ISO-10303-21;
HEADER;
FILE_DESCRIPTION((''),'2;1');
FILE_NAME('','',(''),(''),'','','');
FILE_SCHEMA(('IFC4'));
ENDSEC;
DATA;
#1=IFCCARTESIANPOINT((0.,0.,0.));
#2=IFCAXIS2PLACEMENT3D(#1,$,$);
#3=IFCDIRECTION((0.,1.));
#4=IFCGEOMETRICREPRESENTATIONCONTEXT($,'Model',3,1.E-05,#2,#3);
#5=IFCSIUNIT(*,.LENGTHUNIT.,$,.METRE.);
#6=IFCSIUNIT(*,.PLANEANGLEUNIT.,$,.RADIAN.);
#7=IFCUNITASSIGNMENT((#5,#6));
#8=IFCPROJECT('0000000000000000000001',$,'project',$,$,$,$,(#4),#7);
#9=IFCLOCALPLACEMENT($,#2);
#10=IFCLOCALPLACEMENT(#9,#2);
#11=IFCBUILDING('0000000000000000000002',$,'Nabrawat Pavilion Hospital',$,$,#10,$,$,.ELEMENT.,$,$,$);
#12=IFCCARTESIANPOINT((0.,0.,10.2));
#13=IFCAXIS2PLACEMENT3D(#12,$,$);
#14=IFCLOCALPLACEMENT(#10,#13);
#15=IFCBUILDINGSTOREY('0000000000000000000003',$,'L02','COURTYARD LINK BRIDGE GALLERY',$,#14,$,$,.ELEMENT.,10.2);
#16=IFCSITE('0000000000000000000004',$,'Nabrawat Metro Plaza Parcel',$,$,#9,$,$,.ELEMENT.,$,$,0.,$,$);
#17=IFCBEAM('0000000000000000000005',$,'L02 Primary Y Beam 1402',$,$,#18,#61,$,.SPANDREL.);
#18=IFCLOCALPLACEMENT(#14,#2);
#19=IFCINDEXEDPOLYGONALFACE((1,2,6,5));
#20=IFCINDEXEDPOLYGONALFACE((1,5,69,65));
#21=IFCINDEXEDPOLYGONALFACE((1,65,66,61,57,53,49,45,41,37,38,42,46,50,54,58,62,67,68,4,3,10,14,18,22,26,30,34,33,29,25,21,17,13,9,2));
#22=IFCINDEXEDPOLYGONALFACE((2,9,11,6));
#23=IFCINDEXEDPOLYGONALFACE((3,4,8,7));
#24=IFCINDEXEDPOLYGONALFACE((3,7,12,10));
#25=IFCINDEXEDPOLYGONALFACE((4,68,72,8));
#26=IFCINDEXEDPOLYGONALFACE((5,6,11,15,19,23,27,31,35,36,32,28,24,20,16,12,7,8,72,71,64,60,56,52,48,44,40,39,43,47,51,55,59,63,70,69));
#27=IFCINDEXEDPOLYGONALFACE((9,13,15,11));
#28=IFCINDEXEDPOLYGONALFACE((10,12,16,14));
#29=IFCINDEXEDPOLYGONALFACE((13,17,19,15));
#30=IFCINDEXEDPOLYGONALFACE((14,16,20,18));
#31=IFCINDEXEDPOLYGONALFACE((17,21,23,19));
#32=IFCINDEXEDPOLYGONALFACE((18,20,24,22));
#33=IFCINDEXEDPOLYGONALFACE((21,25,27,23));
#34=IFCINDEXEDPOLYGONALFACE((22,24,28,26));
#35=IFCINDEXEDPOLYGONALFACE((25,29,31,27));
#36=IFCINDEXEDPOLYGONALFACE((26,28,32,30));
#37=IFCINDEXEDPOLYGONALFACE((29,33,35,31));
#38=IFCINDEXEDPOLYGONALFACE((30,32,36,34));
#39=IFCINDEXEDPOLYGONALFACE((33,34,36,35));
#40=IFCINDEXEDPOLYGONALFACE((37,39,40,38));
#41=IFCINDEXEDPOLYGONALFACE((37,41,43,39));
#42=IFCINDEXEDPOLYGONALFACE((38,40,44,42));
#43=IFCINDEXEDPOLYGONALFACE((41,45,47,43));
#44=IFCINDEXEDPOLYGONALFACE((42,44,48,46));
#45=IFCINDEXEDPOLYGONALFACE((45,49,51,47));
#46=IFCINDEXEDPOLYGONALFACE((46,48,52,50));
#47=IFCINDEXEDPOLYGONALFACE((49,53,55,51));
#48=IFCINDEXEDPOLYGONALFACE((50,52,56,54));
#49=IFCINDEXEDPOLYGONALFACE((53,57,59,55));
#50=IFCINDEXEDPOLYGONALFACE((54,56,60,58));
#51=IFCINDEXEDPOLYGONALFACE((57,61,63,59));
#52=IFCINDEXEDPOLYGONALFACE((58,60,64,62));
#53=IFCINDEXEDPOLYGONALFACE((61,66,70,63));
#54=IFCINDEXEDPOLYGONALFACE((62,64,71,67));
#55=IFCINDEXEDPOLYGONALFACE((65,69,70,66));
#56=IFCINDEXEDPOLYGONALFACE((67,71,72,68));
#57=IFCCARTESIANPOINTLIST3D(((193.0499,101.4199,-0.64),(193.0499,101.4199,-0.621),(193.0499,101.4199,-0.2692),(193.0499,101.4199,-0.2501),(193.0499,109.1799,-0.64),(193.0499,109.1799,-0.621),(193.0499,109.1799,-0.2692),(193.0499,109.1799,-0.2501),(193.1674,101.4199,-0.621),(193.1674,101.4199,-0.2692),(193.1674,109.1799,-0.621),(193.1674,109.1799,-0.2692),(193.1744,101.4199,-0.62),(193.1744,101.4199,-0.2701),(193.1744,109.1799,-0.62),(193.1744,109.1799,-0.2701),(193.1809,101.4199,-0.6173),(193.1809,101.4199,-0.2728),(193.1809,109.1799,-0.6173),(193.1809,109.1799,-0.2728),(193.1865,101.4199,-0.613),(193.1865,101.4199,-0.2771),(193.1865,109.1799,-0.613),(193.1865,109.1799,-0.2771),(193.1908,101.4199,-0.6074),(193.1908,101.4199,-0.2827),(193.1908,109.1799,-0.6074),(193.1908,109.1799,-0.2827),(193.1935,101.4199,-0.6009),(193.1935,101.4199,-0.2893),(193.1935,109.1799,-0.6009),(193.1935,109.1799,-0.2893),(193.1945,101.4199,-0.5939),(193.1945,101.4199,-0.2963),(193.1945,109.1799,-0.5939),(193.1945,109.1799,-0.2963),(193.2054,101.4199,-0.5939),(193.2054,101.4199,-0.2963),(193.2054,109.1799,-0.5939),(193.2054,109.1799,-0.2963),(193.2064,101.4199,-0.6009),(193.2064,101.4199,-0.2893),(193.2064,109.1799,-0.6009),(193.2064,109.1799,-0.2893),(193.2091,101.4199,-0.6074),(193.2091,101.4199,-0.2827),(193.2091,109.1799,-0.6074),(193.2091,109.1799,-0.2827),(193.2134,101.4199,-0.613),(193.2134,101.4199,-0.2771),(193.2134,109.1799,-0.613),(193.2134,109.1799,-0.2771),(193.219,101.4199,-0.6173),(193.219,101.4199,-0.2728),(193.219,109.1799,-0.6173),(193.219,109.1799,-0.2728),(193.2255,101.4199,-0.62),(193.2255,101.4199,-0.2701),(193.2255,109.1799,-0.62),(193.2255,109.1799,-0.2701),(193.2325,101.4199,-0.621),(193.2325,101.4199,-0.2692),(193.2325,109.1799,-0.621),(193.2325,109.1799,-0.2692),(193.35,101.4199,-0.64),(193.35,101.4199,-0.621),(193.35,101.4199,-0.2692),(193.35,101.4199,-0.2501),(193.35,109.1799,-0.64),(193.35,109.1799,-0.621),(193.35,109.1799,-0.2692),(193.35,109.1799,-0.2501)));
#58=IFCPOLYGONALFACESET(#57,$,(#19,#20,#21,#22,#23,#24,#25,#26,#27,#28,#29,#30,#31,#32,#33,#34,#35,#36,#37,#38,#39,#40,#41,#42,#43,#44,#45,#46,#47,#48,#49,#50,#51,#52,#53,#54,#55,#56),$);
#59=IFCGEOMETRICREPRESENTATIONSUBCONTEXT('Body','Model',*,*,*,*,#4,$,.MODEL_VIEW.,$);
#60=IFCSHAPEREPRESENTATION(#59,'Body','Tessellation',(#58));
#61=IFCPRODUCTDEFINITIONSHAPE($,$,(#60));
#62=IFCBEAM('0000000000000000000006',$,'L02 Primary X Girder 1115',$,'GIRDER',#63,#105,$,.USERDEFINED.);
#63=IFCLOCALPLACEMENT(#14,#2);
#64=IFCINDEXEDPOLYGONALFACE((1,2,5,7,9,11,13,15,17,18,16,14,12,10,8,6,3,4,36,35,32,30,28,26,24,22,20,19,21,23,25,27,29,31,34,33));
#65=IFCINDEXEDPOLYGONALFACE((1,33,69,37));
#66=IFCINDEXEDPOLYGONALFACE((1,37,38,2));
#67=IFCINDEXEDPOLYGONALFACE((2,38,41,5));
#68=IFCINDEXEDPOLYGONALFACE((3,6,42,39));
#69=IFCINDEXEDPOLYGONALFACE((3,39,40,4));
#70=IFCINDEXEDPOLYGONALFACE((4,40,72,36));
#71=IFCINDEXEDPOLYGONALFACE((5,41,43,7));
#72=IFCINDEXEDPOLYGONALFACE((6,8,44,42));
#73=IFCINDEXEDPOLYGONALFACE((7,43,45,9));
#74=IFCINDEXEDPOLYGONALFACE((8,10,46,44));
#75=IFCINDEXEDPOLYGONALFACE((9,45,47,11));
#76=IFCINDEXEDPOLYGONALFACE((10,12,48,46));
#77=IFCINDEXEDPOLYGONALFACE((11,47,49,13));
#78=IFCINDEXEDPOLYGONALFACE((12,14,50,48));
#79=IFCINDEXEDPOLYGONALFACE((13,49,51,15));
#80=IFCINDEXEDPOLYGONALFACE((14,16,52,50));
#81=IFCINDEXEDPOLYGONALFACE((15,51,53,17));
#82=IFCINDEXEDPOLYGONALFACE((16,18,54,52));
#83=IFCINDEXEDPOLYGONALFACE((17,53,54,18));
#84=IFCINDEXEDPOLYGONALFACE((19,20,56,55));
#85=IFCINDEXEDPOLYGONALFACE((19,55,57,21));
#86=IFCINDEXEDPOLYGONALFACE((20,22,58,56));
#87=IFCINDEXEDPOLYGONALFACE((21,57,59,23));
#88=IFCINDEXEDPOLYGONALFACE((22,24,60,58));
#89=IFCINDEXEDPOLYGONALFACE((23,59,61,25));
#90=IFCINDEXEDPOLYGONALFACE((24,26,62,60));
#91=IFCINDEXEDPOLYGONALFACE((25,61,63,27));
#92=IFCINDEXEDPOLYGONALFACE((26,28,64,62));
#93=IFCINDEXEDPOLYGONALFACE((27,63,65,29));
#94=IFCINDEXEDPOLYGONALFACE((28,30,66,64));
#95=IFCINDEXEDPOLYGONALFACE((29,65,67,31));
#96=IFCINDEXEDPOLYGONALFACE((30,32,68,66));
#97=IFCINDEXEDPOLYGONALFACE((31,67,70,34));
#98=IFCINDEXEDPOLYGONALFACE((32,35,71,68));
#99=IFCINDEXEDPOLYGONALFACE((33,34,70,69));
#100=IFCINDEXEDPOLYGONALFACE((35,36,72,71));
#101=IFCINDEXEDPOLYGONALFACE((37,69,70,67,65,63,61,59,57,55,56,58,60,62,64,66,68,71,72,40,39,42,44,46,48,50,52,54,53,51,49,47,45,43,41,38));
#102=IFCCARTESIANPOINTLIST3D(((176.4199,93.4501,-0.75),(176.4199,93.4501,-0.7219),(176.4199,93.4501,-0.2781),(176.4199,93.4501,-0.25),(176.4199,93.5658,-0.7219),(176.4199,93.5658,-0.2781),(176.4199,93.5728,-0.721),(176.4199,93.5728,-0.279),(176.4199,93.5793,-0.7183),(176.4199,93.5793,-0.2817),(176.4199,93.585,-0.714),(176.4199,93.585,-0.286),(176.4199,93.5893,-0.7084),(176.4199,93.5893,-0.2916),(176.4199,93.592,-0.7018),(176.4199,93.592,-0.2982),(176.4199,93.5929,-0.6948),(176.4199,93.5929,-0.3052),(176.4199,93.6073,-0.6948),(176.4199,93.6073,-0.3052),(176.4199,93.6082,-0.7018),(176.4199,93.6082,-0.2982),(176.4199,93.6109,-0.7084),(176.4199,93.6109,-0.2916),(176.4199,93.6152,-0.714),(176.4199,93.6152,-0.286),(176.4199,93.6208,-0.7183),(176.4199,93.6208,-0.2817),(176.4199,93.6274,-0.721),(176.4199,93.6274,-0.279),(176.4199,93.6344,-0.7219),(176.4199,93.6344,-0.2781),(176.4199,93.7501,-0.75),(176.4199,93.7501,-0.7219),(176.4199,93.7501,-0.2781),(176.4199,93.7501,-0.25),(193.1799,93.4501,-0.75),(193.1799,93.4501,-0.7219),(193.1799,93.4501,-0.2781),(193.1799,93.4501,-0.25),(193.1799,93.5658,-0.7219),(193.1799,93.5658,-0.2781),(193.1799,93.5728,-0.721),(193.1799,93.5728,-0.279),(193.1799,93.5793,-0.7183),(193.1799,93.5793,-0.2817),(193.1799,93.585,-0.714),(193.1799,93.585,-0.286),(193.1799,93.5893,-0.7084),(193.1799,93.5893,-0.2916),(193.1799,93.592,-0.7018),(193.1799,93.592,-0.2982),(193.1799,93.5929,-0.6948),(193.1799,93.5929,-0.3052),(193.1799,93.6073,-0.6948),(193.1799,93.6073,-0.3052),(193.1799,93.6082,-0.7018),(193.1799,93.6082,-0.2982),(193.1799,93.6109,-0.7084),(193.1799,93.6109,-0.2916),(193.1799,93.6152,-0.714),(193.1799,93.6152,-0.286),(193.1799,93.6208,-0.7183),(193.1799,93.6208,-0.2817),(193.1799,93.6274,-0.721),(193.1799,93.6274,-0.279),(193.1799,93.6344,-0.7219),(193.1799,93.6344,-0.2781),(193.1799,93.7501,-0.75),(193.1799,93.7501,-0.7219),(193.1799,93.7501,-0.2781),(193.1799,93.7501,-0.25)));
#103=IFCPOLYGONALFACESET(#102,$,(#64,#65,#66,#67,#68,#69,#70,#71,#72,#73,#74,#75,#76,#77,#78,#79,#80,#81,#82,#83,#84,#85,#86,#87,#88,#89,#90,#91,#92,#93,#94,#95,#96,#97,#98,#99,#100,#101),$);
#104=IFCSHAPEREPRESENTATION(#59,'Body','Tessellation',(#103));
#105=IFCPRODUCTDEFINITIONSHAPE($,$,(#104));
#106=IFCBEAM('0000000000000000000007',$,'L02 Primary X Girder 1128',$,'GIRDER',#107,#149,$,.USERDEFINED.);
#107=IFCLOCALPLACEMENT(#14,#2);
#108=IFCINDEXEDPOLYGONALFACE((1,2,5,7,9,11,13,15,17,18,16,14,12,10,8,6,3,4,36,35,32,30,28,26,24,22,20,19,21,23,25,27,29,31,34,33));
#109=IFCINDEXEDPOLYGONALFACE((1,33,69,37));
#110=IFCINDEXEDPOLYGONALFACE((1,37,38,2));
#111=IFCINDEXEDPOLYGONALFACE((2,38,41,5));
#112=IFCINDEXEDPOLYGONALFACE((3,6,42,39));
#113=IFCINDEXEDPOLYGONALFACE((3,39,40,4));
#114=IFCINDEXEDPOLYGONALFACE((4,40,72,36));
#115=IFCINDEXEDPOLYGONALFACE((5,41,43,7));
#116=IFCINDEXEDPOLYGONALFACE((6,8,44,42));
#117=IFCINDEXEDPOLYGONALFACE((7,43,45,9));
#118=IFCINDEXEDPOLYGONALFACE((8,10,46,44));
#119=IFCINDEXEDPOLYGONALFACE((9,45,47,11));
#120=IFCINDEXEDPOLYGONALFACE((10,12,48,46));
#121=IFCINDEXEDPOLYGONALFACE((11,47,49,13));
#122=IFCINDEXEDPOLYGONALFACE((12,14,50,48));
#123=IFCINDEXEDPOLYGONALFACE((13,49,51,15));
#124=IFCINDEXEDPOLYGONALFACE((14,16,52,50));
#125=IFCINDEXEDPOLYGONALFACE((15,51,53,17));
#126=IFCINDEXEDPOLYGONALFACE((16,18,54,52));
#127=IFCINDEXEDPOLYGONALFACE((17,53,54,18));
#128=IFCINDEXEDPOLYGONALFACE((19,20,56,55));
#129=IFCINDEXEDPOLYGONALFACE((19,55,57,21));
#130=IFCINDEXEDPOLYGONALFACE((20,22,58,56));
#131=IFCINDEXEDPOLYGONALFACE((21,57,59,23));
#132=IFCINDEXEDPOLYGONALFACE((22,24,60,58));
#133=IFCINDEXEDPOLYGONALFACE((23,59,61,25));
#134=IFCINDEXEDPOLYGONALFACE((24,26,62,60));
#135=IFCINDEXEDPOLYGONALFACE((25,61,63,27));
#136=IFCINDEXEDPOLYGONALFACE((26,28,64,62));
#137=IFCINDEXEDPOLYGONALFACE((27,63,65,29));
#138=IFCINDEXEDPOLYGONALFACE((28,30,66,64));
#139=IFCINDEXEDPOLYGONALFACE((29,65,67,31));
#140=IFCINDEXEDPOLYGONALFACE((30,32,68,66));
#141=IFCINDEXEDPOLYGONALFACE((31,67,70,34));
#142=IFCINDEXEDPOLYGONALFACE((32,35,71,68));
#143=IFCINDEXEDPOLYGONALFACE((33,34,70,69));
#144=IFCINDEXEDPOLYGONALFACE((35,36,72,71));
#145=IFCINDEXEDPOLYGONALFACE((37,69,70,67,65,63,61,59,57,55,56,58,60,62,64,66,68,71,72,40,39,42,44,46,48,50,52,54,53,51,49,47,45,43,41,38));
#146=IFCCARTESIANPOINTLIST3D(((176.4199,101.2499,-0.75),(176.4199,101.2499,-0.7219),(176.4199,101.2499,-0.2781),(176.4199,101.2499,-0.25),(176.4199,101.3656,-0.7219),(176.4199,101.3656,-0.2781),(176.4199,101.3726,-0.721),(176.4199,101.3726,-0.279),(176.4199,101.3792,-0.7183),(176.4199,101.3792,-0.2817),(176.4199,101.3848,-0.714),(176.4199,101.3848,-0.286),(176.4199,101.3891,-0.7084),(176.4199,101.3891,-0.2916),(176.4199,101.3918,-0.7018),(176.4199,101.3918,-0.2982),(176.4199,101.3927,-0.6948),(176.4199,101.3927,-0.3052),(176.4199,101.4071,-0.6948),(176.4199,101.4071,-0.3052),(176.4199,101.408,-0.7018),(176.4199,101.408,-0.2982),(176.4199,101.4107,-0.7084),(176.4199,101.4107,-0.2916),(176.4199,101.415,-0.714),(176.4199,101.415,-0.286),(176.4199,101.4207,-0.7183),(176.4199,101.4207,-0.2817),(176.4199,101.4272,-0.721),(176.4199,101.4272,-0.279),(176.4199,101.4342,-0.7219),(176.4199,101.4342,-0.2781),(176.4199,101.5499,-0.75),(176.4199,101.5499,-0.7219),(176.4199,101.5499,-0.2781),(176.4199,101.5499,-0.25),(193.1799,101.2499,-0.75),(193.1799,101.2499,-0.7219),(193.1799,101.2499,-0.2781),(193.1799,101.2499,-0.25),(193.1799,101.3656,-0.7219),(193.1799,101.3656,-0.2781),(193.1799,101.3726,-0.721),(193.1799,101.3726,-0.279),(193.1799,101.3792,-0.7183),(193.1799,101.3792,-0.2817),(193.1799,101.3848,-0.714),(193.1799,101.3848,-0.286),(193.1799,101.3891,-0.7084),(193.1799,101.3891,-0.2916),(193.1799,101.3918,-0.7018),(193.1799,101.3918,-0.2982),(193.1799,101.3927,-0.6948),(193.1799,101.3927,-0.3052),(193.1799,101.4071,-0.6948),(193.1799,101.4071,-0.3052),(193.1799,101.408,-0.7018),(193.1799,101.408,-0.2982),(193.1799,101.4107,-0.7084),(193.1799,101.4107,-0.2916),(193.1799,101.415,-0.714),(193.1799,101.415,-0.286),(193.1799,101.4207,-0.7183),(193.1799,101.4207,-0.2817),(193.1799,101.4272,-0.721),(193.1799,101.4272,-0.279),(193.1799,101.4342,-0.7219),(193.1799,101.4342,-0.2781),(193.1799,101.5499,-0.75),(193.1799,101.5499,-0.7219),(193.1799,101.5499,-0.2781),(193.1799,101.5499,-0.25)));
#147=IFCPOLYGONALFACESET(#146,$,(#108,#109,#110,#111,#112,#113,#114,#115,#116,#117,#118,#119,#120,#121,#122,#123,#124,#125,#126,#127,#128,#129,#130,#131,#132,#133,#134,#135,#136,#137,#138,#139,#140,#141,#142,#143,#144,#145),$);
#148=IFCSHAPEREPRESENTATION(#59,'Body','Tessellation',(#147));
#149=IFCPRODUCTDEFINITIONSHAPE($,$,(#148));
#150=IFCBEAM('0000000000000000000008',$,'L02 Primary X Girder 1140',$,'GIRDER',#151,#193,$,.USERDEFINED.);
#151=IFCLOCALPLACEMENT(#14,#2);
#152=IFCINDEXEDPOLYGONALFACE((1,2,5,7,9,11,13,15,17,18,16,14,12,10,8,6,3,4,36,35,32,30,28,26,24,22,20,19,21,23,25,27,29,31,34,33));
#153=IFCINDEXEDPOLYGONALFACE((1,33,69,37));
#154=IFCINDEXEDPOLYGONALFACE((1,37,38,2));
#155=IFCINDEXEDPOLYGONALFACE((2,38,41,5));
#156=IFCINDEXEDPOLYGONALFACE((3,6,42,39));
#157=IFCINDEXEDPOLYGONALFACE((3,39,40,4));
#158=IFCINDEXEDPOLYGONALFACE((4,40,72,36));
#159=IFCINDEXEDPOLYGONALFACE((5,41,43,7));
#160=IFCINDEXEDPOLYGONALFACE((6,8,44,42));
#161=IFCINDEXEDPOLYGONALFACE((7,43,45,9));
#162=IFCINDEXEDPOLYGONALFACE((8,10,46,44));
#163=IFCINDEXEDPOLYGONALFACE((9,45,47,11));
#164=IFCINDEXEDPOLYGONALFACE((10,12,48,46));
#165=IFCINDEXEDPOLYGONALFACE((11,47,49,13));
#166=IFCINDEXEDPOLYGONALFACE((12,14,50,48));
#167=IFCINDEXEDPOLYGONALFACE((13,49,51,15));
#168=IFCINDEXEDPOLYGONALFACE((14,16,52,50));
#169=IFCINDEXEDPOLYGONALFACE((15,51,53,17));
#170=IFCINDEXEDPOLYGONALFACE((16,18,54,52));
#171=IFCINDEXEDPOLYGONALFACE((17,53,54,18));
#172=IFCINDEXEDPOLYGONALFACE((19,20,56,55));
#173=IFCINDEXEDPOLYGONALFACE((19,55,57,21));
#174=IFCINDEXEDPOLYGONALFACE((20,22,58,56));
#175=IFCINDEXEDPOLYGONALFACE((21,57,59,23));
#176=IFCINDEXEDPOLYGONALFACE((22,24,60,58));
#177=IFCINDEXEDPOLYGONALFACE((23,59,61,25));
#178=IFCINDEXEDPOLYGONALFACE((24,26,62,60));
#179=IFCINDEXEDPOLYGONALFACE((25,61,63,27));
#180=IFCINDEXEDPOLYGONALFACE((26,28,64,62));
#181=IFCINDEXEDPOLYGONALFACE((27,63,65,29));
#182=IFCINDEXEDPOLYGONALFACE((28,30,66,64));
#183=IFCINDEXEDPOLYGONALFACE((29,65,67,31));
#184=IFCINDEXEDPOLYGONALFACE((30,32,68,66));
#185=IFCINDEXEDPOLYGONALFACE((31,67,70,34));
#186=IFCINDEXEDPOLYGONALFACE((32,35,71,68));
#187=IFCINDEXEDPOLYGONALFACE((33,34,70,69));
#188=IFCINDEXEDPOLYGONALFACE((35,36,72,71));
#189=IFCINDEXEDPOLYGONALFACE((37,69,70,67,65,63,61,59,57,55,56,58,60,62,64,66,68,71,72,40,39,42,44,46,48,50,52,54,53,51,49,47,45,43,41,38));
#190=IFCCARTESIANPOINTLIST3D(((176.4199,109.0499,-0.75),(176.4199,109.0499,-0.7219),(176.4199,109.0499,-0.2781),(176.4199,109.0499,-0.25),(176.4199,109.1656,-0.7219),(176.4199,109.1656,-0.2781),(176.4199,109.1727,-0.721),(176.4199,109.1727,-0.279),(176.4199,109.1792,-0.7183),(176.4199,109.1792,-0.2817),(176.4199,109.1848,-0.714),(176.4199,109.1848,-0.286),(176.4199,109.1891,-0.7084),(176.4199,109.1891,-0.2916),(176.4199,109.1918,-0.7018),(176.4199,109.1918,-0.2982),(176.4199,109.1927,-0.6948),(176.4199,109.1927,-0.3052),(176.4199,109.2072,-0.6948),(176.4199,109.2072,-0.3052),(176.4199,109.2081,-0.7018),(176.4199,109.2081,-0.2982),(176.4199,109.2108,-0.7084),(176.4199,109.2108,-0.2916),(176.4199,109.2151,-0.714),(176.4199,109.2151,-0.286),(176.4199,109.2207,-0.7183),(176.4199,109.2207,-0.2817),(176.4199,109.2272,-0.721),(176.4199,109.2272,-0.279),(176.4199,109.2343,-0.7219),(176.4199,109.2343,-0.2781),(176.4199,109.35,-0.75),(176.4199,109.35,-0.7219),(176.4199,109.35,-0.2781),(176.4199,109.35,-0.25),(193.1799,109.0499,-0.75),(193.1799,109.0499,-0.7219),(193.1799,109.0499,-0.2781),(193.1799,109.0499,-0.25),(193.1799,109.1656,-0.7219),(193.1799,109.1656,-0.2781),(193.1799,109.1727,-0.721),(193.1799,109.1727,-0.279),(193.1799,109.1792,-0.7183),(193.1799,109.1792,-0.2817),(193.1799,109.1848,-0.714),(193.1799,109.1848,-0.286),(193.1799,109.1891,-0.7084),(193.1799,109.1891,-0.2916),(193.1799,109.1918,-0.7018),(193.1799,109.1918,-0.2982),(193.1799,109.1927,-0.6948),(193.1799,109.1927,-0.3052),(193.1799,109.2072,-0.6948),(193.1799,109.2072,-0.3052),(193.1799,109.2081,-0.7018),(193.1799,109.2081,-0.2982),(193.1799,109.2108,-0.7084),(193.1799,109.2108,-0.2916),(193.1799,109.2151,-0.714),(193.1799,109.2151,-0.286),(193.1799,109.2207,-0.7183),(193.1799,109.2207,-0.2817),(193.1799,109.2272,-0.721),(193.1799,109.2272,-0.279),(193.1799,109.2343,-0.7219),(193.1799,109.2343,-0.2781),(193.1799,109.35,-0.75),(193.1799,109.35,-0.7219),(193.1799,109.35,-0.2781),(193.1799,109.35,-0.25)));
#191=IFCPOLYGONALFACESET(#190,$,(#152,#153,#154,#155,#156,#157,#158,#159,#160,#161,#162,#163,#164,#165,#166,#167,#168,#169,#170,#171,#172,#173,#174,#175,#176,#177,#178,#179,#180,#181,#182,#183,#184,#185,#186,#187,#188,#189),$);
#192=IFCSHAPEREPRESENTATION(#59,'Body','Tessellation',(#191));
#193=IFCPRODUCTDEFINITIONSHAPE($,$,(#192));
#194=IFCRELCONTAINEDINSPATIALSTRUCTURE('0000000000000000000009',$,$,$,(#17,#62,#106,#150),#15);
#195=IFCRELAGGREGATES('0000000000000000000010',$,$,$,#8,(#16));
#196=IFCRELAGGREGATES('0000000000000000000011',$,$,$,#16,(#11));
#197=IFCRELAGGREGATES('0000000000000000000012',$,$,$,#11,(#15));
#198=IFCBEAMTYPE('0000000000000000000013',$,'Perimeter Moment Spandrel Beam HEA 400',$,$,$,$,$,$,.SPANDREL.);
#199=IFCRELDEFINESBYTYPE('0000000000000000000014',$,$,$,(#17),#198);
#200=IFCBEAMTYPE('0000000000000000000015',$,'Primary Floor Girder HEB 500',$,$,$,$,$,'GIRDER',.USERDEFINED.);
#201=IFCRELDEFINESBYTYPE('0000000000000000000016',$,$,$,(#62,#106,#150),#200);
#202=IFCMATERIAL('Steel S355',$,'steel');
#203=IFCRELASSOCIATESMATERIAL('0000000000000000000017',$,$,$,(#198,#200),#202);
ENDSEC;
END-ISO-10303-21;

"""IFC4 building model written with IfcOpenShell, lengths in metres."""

from ifc_helpers import new_model, si_unit, direction, frame, origin, origin_2d, place, context, subcontext, project, spatial, i_section, extrude, material, material_profile, profile_set, type_object, element, save


model = new_model("IFC4")

# Units and contexts
model_context = context("Model", 3, precision=1e-05, world=origin(), true_north=direction((0.0, 1.0)))
body_context = subcontext(model_context, "Body", "Model", "MODEL_VIEW")
ifc_project = project(units=[si_unit("LENGTHUNIT", "METRE"), si_unit("PLANEANGLEUNIT", "RADIAN")], contexts=[model_context])

# Site, building, storey
site_placement = place(None, origin())
site = spatial("IfcSite", under=ifc_project, at=site_placement, Name="Nabrawat Metro Plaza Parcel", CompositionType="ELEMENT", RefElevation=0.0)
building_placement = place(site_placement, origin())
building = spatial("IfcBuilding", under=site, at=building_placement, Name="Nabrawat Pavilion Hospital", CompositionType="ELEMENT")
storey_placement = place(building_placement, frame((0.0, 0.0, 10.2)))
storey = spatial("IfcBuildingStorey", under=building, at=storey_placement, Name="L02", Description="COURTYARD LINK BRIDGE GALLERY", CompositionType="ELEMENT", Elevation=10.2)

# Shared definitions
ifc_material_1 = material(Name="Steel S355", Category="steel")

# Beams
ifc_material_profile_1 = material_profile(ifc_material_1, i_section(OverallWidth=0.3, OverallDepth=0.3899, WebThickness=0.011, FlangeThickness=0.019, FilletRadius=0.0271, at=origin_2d()), Name="HEA 400")
ifc_profile_set_1 = profile_set([ifc_material_profile_1], Name="Steel S355")
beam_type_1 = type_object("IfcBeamType", Name="Perimeter Moment Spandrel Beam HEA 400", PredefinedType="SPANDREL", material=ifc_profile_set_1)
beam_1_placement = place(storey_placement, frame((193.2, 101.4199, -0.4451), z_axis=(0.0, 1.0, 0.0), x_axis=(-1.0, 0.0, 0.0)))
element("IfcBeam", 1, at=beam_1_placement, inside=storey, type_object=beam_type_1, Name="L02 Primary Y Beam 1402", PredefinedType="SPANDREL", context=body_context, shape_type="SweptSolid", body=[
    extrude(i_section(OverallWidth=0.3, OverallDepth=0.3899, WebThickness=0.011, FlangeThickness=0.019, FilletRadius=0.0271, at=origin_2d()), origin(), (0.0, 0.0, 1.0), 7.76),
])
ifc_material_profile_2 = material_profile(ifc_material_1, i_section(OverallWidth=0.3, OverallDepth=0.5, WebThickness=0.0144, FlangeThickness=0.0281, FilletRadius=0.0271, at=origin_2d()), Name="HEB 500")
ifc_profile_set_2 = profile_set([ifc_material_profile_2], Name="Steel S355")
beam_type_2 = type_object("IfcBeamType", Name="Primary Floor Girder HEB 500", ElementType="GIRDER", PredefinedType="USERDEFINED", material=ifc_profile_set_2)
for number, where, z_axis, x_axis, name in (
    (2, (176.4199, 93.6001, -0.5), (1.0, 0.0, 0.0), (0.0, 1.0, 0.0), "L02 Primary X Girder 1115"),
    (3, (176.4199, 101.3999, -0.5), (1.0, 0.0, 0.0), (0.0, 1.0, 0.0), "L02 Primary X Girder 1128"),
    (4, (176.4199, 109.2, -0.5), (1.0, 0.0, 0.0), (0.0, 1.0, 0.0), "L02 Primary X Girder 1140"),
):
    element("IfcBeam", number, at=place(storey_placement, frame(where, z_axis=z_axis, x_axis=x_axis)), inside=storey, type_object=beam_type_2, Name=name, ObjectType="GIRDER", PredefinedType="USERDEFINED", context=body_context, shape_type="SweptSolid", body=[
        extrude(i_section(OverallWidth=0.3, OverallDepth=0.5, WebThickness=0.0144, FlangeThickness=0.0281, FilletRadius=0.0271, at=origin_2d()), origin(), (0.0, 0.0, 1.0), 16.76),
    ])

save(model, "model.ifc")
